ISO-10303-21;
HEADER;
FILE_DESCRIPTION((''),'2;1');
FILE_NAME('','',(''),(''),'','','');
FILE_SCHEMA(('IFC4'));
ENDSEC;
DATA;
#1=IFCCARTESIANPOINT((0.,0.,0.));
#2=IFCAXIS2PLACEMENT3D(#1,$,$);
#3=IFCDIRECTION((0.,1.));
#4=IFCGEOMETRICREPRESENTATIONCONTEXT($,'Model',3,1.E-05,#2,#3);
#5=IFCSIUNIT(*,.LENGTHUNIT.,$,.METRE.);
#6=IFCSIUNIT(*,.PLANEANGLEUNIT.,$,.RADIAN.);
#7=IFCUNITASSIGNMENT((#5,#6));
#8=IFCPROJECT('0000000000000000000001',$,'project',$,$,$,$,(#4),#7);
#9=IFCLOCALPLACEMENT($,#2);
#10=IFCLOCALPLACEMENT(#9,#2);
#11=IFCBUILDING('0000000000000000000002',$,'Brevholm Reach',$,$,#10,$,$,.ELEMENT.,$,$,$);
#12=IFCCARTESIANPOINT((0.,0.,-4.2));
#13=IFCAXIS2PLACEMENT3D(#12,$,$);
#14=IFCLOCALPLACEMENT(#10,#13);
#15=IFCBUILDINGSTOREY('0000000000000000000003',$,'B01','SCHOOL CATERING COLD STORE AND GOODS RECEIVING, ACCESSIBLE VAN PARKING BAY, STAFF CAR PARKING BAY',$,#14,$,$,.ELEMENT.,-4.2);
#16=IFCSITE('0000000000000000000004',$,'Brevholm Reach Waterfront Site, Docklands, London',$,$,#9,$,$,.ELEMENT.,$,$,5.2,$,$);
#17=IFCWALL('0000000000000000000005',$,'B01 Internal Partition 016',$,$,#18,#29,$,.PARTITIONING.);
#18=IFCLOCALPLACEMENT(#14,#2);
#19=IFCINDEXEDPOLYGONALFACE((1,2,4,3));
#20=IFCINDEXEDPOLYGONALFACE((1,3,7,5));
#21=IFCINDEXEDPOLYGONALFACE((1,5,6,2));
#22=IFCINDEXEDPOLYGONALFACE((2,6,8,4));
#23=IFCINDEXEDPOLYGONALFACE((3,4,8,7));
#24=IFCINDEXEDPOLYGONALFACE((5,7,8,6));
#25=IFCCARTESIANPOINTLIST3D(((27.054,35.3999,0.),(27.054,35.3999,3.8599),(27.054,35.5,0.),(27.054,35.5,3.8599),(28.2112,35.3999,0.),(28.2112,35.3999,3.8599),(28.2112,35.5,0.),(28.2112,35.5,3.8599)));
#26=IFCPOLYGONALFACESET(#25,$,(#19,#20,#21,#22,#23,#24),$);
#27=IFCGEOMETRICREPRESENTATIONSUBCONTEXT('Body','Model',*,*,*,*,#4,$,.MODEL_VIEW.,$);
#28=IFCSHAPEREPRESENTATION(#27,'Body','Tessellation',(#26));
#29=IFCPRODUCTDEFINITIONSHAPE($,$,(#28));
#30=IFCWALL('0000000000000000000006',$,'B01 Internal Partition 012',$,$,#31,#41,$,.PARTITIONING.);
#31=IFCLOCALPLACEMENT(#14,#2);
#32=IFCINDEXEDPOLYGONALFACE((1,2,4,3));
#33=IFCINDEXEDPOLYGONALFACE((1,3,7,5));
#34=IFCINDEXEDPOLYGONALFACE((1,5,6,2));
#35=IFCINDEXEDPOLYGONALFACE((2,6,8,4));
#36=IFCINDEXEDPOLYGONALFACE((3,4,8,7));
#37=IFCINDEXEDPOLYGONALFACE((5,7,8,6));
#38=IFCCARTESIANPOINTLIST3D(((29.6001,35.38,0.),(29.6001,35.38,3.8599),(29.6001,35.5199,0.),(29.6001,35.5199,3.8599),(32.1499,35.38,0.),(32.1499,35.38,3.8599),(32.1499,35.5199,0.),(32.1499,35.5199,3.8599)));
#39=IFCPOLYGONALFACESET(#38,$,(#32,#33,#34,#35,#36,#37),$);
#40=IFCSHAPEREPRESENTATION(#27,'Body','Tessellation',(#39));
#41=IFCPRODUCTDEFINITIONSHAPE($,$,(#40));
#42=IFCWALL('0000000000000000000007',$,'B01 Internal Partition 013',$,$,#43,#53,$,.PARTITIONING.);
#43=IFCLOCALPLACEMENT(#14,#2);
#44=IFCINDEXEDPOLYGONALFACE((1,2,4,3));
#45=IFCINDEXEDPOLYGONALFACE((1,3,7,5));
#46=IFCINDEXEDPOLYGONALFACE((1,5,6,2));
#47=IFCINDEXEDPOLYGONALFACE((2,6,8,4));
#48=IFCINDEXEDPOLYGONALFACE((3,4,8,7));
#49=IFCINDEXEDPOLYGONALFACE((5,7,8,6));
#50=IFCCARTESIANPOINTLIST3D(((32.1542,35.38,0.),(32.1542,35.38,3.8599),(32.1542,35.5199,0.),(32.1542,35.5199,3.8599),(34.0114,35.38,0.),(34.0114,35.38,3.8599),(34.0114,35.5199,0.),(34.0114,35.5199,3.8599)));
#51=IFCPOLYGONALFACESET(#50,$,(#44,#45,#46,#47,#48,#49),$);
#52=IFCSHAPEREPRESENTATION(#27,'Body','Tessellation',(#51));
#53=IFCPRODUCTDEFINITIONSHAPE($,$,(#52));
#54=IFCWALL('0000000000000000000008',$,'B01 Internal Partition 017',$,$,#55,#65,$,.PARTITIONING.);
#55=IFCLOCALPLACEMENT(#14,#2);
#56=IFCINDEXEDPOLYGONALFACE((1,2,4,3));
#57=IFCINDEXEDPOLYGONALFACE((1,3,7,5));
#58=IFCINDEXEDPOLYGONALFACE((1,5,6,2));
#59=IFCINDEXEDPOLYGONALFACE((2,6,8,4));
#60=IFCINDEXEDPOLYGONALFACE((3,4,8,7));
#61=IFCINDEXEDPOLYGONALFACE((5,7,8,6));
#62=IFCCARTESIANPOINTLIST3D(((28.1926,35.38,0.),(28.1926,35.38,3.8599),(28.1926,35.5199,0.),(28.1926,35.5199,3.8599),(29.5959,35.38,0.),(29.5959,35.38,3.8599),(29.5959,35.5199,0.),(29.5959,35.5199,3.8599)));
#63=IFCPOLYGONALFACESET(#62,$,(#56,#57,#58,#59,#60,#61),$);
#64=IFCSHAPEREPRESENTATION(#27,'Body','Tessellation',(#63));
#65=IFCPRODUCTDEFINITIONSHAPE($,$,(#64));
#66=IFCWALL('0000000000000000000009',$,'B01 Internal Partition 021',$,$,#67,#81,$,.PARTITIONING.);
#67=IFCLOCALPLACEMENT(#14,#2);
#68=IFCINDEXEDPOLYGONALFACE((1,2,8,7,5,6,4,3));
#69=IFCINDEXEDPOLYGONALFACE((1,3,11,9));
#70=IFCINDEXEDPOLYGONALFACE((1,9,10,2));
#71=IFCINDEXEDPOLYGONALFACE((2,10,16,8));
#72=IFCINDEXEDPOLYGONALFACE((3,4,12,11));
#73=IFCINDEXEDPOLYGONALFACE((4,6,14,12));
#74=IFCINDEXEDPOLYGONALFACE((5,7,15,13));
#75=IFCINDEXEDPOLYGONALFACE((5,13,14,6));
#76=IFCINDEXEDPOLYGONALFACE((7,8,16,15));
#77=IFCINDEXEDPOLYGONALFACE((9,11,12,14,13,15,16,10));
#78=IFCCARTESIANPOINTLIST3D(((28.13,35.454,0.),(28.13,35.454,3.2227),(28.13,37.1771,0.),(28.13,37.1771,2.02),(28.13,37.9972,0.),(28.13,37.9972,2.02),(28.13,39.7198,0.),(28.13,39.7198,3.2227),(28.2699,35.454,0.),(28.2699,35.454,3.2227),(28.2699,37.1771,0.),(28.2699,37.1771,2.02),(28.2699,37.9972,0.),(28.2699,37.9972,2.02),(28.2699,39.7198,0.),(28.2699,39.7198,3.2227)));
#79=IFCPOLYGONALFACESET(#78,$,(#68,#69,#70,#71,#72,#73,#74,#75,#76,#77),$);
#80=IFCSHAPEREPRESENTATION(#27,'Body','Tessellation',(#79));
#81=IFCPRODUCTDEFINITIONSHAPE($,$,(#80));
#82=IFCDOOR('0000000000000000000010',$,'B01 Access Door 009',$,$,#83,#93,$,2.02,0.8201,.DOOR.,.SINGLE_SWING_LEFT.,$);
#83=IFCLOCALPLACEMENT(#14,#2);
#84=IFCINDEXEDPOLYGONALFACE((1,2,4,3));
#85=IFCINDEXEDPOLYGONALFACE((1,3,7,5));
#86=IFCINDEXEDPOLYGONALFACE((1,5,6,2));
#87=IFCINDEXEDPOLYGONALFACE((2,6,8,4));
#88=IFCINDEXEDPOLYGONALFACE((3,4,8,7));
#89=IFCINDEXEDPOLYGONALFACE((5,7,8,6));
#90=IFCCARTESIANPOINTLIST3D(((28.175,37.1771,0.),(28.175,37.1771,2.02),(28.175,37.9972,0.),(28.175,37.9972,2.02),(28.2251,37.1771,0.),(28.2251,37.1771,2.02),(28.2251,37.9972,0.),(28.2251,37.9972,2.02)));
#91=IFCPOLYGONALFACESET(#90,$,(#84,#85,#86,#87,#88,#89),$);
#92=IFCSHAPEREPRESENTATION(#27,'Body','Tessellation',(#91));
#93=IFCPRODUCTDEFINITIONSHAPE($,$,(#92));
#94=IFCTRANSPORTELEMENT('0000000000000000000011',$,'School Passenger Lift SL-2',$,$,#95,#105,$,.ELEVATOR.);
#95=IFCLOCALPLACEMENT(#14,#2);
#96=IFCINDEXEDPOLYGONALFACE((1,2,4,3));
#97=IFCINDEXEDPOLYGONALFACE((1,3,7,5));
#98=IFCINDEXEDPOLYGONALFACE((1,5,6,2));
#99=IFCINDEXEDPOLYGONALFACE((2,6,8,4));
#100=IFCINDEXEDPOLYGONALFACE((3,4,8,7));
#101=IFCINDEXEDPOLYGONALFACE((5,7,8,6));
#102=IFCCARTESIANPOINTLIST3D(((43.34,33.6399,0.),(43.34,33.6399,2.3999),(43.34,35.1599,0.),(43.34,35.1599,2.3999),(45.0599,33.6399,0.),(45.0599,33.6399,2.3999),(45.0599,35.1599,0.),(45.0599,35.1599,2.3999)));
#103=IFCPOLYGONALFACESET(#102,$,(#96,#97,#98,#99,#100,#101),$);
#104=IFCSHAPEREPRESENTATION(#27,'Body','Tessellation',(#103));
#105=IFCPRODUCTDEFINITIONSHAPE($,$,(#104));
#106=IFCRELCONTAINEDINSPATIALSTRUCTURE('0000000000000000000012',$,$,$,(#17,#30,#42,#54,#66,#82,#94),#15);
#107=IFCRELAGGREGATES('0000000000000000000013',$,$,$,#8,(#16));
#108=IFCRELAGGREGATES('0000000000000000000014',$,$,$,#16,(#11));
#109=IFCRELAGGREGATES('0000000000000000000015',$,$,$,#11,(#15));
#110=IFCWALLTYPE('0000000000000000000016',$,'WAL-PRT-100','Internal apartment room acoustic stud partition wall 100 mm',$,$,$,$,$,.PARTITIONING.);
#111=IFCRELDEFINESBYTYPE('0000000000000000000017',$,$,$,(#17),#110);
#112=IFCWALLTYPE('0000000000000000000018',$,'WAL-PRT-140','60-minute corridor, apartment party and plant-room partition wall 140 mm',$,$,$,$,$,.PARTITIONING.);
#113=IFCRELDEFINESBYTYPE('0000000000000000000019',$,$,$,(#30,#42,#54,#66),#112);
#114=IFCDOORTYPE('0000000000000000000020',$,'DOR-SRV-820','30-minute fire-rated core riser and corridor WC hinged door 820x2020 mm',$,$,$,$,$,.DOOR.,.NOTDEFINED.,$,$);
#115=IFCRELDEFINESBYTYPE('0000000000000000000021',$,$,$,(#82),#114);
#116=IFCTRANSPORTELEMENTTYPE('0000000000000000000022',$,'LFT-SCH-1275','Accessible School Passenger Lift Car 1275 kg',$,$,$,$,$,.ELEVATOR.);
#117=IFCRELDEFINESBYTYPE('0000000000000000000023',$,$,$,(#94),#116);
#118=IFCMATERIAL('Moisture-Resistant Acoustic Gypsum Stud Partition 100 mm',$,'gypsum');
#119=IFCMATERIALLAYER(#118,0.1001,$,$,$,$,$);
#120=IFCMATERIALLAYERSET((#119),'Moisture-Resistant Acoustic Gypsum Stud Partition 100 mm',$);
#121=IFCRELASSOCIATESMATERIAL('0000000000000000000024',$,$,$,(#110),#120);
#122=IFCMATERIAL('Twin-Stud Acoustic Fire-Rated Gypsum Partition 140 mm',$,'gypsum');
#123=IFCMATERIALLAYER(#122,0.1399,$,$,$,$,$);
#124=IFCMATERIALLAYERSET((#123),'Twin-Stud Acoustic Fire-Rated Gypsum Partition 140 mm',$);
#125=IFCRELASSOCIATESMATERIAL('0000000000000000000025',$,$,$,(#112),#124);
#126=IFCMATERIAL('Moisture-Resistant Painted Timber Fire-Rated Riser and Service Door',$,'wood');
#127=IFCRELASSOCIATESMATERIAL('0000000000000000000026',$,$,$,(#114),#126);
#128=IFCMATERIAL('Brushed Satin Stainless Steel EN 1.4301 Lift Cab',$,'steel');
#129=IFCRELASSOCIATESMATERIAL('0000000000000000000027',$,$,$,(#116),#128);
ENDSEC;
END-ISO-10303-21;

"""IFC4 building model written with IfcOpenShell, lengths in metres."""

from ifc_helpers import new_model, si_unit, direction, frame, frame_2d, origin, origin_2d, place, context, subcontext, project, spatial, rectangle, extrude, material, layer, layer_set, type_object, element, fill, save


model = new_model("IFC4")

# Units and contexts
model_context = context("Model", 3, precision=1e-05, world=origin(), true_north=direction((0.0, 1.0)))
body_context = subcontext(model_context, "Body", "Model", "MODEL_VIEW")
ifc_project = project(units=[si_unit("LENGTHUNIT", "METRE"), si_unit("PLANEANGLEUNIT", "RADIAN")], contexts=[model_context])

# Site, building, storey
site_placement = place(None, origin())
site = spatial("IfcSite", under=ifc_project, at=site_placement, Name="Brevholm Reach Waterfront Site, Docklands, London", CompositionType="ELEMENT", RefElevation=5.2)
building_placement = place(site_placement, origin())
building = spatial("IfcBuilding", under=site, at=building_placement, Name="Brevholm Reach", CompositionType="ELEMENT")
storey_placement = place(building_placement, frame((0.0, 0.0, -4.2)))
storey = spatial("IfcBuildingStorey", under=building, at=storey_placement, Name="B01", Description="SCHOOL CATERING COLD STORE AND GOODS RECEIVING, ACCESSIBLE VAN PARKING BAY, STAFF CAR PARKING BAY", CompositionType="ELEMENT", Elevation=-4.2)

# Walls
ifc_material_1 = material(Name="Moisture-Resistant Acoustic Gypsum Stud Partition 100 mm", Category="gypsum")
ifc_layer_1 = layer(ifc_material_1, 0.1001)
ifc_layer_set_1 = layer_set([ifc_layer_1], Name="Moisture-Resistant Acoustic Gypsum Stud Partition 100 mm")
wall_type_1 = type_object("IfcWallType", Name="WAL-PRT-100", Description="Internal apartment room acoustic stud partition wall 100 mm", PredefinedType="PARTITIONING", material=ifc_layer_set_1)
wall_1_placement = place(storey_placement, frame((27.054, 35.45, 0.0), z_axis=(0.0, 0.0, 1.0), x_axis=(1.0, 0.0, 0.0)))
element("IfcWall", 1, at=wall_1_placement, inside=storey, type_object=wall_type_1, Name="B01 Internal Partition 016", PredefinedType="PARTITIONING", context=body_context, shape_type="SweptSolid", body=[
    extrude(rectangle(XDim=1.1572, YDim=0.1001, at=frame_2d((0.5786, 0.0))), origin(), (0.0, 0.0, 1.0), 3.8599),
])
ifc_material_2 = material(Name="Twin-Stud Acoustic Fire-Rated Gypsum Partition 140 mm", Category="gypsum")
ifc_layer_2 = layer(ifc_material_2, 0.1399)
ifc_layer_set_2 = layer_set([ifc_layer_2], Name="Twin-Stud Acoustic Fire-Rated Gypsum Partition 140 mm")
wall_type_2 = type_object("IfcWallType", Name="WAL-PRT-140", Description="60-minute corridor, apartment party and plant-room partition wall 140 mm", PredefinedType="PARTITIONING", material=ifc_layer_set_2)
wall_2_placement = place(storey_placement, frame((29.6001, 35.45, 0.0), z_axis=(0.0, 0.0, 1.0), x_axis=(1.0, 0.0, 0.0)))
element("IfcWall", 2, at=wall_2_placement, inside=storey, type_object=wall_type_2, Name="B01 Internal Partition 012", PredefinedType="PARTITIONING", context=body_context, shape_type="SweptSolid", body=[
    extrude(rectangle(XDim=2.5498, YDim=0.1399, at=frame_2d((1.2749, 0.0))), origin(), (0.0, 0.0, 1.0), 3.8599),
])
wall_3_placement = place(storey_placement, frame((32.1541, 35.45, 0.0), z_axis=(0.0, 0.0, 1.0), x_axis=(1.0, 0.0, 0.0)))
element("IfcWall", 3, at=wall_3_placement, inside=storey, type_object=wall_type_2, Name="B01 Internal Partition 013", PredefinedType="PARTITIONING", context=body_context, shape_type="SweptSolid", body=[
    extrude(rectangle(XDim=1.8572, YDim=0.1399, at=frame_2d((0.9287, 0.0))), origin(), (0.0, 0.0, 1.0), 3.8599),
])
wall_4_placement = place(storey_placement, frame((28.1926, 35.45, 0.0), z_axis=(0.0, 0.0, 1.0), x_axis=(1.0, 0.0, 0.0)))
element("IfcWall", 4, at=wall_4_placement, inside=storey, type_object=wall_type_2, Name="B01 Internal Partition 017", PredefinedType="PARTITIONING", context=body_context, shape_type="SweptSolid", body=[
    extrude(rectangle(XDim=1.4033, YDim=0.1399, at=frame_2d((0.7017, 0.0))), origin(), (0.0, 0.0, 1.0), 3.8599),
])

# Wall, opening, door
wall_5_placement = place(storey_placement, frame((28.2, 35.4541, 0.0), z_axis=(0.0, 0.0, 1.0), x_axis=(0.0, 1.0, 0.0)))
wall_5 = element("IfcWall", 5, at=wall_5_placement, inside=storey, type_object=wall_type_2, Name="B01 Internal Partition 021", PredefinedType="PARTITIONING", context=body_context, shape_type="SweptSolid", body=[
    extrude(rectangle(XDim=4.2659, YDim=0.1399, at=frame_2d((2.1328, 0.0))), origin(), (0.0, 0.0, 1.0), 3.2227),
])
opening_1_placement = place(wall_5_placement, frame((1.7229, 0.0, 0.0)))
opening_1 = element("IfcOpeningElement", 6, at=opening_1_placement, cuts=wall_5, PredefinedType="OPENING", context=body_context, shape_type="SweptSolid", body=[
    extrude(rectangle(XDim=0.8201, YDim=2.02, at=frame_2d((0.4102, 1.01))), frame((0.0, 0.0798, 0.0), z_axis=(0.0, -1.0, 0.0), x_axis=(1.0, 0.0, 0.0)), (0.0, 0.0, 1.0), 0.1599),
])
ifc_material_3 = material(Name="Moisture-Resistant Painted Timber Fire-Rated Riser and Service Door", Category="wood")
door_type_1 = type_object("IfcDoorType", Name="DOR-SRV-820", Description="30-minute fire-rated core riser and corridor WC hinged door 820x2020 mm", OperationType="NOTDEFINED", PredefinedType="DOOR", material=ifc_material_3)
door_1_placement = place(opening_1_placement, origin())
door_1 = element("IfcDoor", 7, at=door_1_placement, inside=storey, type_object=door_type_1, Name="B01 Access Door 009", OperationType="SINGLE_SWING_LEFT", OverallHeight=2.02, OverallWidth=0.8201, PredefinedType="DOOR", context=body_context, shape_type="SweptSolid", body=[
    extrude(rectangle(XDim=0.8201, YDim=2.02, at=frame_2d((0.4102, 1.01))), frame((0.0, 0.0249, 0.0), z_axis=(0.0, -1.0, 0.0), x_axis=(1.0, 0.0, 0.0)), (0.0, 0.0, 1.0), 0.05),
])
fill(opening_1, door_1)

# Transport element
ifc_material_4 = material(Name="Brushed Satin Stainless Steel EN 1.4301 Lift Cab", Category="steel")
transport_element_type = type_object("IfcTransportElementType", Name="LFT-SCH-1275", Description="Accessible School Passenger Lift Car 1275 kg", PredefinedType="ELEVATOR", material=ifc_material_4)
transport_element_placement = place(storey_placement, frame((44.2, 34.3999, 0.0), z_axis=(0.0, 0.0, 1.0), x_axis=(1.0, 0.0, 0.0)))
element("IfcTransportElement", 8, at=transport_element_placement, inside=storey, type_object=transport_element_type, Name="School Passenger Lift SL-2", PredefinedType="ELEVATOR", context=body_context, shape_type="SweptSolid", body=[
    extrude(rectangle(XDim=1.72, YDim=1.52, at=origin_2d()), origin(), (0.0, 0.0, 1.0), 2.3999),
])

save(model, "model.ifc")
